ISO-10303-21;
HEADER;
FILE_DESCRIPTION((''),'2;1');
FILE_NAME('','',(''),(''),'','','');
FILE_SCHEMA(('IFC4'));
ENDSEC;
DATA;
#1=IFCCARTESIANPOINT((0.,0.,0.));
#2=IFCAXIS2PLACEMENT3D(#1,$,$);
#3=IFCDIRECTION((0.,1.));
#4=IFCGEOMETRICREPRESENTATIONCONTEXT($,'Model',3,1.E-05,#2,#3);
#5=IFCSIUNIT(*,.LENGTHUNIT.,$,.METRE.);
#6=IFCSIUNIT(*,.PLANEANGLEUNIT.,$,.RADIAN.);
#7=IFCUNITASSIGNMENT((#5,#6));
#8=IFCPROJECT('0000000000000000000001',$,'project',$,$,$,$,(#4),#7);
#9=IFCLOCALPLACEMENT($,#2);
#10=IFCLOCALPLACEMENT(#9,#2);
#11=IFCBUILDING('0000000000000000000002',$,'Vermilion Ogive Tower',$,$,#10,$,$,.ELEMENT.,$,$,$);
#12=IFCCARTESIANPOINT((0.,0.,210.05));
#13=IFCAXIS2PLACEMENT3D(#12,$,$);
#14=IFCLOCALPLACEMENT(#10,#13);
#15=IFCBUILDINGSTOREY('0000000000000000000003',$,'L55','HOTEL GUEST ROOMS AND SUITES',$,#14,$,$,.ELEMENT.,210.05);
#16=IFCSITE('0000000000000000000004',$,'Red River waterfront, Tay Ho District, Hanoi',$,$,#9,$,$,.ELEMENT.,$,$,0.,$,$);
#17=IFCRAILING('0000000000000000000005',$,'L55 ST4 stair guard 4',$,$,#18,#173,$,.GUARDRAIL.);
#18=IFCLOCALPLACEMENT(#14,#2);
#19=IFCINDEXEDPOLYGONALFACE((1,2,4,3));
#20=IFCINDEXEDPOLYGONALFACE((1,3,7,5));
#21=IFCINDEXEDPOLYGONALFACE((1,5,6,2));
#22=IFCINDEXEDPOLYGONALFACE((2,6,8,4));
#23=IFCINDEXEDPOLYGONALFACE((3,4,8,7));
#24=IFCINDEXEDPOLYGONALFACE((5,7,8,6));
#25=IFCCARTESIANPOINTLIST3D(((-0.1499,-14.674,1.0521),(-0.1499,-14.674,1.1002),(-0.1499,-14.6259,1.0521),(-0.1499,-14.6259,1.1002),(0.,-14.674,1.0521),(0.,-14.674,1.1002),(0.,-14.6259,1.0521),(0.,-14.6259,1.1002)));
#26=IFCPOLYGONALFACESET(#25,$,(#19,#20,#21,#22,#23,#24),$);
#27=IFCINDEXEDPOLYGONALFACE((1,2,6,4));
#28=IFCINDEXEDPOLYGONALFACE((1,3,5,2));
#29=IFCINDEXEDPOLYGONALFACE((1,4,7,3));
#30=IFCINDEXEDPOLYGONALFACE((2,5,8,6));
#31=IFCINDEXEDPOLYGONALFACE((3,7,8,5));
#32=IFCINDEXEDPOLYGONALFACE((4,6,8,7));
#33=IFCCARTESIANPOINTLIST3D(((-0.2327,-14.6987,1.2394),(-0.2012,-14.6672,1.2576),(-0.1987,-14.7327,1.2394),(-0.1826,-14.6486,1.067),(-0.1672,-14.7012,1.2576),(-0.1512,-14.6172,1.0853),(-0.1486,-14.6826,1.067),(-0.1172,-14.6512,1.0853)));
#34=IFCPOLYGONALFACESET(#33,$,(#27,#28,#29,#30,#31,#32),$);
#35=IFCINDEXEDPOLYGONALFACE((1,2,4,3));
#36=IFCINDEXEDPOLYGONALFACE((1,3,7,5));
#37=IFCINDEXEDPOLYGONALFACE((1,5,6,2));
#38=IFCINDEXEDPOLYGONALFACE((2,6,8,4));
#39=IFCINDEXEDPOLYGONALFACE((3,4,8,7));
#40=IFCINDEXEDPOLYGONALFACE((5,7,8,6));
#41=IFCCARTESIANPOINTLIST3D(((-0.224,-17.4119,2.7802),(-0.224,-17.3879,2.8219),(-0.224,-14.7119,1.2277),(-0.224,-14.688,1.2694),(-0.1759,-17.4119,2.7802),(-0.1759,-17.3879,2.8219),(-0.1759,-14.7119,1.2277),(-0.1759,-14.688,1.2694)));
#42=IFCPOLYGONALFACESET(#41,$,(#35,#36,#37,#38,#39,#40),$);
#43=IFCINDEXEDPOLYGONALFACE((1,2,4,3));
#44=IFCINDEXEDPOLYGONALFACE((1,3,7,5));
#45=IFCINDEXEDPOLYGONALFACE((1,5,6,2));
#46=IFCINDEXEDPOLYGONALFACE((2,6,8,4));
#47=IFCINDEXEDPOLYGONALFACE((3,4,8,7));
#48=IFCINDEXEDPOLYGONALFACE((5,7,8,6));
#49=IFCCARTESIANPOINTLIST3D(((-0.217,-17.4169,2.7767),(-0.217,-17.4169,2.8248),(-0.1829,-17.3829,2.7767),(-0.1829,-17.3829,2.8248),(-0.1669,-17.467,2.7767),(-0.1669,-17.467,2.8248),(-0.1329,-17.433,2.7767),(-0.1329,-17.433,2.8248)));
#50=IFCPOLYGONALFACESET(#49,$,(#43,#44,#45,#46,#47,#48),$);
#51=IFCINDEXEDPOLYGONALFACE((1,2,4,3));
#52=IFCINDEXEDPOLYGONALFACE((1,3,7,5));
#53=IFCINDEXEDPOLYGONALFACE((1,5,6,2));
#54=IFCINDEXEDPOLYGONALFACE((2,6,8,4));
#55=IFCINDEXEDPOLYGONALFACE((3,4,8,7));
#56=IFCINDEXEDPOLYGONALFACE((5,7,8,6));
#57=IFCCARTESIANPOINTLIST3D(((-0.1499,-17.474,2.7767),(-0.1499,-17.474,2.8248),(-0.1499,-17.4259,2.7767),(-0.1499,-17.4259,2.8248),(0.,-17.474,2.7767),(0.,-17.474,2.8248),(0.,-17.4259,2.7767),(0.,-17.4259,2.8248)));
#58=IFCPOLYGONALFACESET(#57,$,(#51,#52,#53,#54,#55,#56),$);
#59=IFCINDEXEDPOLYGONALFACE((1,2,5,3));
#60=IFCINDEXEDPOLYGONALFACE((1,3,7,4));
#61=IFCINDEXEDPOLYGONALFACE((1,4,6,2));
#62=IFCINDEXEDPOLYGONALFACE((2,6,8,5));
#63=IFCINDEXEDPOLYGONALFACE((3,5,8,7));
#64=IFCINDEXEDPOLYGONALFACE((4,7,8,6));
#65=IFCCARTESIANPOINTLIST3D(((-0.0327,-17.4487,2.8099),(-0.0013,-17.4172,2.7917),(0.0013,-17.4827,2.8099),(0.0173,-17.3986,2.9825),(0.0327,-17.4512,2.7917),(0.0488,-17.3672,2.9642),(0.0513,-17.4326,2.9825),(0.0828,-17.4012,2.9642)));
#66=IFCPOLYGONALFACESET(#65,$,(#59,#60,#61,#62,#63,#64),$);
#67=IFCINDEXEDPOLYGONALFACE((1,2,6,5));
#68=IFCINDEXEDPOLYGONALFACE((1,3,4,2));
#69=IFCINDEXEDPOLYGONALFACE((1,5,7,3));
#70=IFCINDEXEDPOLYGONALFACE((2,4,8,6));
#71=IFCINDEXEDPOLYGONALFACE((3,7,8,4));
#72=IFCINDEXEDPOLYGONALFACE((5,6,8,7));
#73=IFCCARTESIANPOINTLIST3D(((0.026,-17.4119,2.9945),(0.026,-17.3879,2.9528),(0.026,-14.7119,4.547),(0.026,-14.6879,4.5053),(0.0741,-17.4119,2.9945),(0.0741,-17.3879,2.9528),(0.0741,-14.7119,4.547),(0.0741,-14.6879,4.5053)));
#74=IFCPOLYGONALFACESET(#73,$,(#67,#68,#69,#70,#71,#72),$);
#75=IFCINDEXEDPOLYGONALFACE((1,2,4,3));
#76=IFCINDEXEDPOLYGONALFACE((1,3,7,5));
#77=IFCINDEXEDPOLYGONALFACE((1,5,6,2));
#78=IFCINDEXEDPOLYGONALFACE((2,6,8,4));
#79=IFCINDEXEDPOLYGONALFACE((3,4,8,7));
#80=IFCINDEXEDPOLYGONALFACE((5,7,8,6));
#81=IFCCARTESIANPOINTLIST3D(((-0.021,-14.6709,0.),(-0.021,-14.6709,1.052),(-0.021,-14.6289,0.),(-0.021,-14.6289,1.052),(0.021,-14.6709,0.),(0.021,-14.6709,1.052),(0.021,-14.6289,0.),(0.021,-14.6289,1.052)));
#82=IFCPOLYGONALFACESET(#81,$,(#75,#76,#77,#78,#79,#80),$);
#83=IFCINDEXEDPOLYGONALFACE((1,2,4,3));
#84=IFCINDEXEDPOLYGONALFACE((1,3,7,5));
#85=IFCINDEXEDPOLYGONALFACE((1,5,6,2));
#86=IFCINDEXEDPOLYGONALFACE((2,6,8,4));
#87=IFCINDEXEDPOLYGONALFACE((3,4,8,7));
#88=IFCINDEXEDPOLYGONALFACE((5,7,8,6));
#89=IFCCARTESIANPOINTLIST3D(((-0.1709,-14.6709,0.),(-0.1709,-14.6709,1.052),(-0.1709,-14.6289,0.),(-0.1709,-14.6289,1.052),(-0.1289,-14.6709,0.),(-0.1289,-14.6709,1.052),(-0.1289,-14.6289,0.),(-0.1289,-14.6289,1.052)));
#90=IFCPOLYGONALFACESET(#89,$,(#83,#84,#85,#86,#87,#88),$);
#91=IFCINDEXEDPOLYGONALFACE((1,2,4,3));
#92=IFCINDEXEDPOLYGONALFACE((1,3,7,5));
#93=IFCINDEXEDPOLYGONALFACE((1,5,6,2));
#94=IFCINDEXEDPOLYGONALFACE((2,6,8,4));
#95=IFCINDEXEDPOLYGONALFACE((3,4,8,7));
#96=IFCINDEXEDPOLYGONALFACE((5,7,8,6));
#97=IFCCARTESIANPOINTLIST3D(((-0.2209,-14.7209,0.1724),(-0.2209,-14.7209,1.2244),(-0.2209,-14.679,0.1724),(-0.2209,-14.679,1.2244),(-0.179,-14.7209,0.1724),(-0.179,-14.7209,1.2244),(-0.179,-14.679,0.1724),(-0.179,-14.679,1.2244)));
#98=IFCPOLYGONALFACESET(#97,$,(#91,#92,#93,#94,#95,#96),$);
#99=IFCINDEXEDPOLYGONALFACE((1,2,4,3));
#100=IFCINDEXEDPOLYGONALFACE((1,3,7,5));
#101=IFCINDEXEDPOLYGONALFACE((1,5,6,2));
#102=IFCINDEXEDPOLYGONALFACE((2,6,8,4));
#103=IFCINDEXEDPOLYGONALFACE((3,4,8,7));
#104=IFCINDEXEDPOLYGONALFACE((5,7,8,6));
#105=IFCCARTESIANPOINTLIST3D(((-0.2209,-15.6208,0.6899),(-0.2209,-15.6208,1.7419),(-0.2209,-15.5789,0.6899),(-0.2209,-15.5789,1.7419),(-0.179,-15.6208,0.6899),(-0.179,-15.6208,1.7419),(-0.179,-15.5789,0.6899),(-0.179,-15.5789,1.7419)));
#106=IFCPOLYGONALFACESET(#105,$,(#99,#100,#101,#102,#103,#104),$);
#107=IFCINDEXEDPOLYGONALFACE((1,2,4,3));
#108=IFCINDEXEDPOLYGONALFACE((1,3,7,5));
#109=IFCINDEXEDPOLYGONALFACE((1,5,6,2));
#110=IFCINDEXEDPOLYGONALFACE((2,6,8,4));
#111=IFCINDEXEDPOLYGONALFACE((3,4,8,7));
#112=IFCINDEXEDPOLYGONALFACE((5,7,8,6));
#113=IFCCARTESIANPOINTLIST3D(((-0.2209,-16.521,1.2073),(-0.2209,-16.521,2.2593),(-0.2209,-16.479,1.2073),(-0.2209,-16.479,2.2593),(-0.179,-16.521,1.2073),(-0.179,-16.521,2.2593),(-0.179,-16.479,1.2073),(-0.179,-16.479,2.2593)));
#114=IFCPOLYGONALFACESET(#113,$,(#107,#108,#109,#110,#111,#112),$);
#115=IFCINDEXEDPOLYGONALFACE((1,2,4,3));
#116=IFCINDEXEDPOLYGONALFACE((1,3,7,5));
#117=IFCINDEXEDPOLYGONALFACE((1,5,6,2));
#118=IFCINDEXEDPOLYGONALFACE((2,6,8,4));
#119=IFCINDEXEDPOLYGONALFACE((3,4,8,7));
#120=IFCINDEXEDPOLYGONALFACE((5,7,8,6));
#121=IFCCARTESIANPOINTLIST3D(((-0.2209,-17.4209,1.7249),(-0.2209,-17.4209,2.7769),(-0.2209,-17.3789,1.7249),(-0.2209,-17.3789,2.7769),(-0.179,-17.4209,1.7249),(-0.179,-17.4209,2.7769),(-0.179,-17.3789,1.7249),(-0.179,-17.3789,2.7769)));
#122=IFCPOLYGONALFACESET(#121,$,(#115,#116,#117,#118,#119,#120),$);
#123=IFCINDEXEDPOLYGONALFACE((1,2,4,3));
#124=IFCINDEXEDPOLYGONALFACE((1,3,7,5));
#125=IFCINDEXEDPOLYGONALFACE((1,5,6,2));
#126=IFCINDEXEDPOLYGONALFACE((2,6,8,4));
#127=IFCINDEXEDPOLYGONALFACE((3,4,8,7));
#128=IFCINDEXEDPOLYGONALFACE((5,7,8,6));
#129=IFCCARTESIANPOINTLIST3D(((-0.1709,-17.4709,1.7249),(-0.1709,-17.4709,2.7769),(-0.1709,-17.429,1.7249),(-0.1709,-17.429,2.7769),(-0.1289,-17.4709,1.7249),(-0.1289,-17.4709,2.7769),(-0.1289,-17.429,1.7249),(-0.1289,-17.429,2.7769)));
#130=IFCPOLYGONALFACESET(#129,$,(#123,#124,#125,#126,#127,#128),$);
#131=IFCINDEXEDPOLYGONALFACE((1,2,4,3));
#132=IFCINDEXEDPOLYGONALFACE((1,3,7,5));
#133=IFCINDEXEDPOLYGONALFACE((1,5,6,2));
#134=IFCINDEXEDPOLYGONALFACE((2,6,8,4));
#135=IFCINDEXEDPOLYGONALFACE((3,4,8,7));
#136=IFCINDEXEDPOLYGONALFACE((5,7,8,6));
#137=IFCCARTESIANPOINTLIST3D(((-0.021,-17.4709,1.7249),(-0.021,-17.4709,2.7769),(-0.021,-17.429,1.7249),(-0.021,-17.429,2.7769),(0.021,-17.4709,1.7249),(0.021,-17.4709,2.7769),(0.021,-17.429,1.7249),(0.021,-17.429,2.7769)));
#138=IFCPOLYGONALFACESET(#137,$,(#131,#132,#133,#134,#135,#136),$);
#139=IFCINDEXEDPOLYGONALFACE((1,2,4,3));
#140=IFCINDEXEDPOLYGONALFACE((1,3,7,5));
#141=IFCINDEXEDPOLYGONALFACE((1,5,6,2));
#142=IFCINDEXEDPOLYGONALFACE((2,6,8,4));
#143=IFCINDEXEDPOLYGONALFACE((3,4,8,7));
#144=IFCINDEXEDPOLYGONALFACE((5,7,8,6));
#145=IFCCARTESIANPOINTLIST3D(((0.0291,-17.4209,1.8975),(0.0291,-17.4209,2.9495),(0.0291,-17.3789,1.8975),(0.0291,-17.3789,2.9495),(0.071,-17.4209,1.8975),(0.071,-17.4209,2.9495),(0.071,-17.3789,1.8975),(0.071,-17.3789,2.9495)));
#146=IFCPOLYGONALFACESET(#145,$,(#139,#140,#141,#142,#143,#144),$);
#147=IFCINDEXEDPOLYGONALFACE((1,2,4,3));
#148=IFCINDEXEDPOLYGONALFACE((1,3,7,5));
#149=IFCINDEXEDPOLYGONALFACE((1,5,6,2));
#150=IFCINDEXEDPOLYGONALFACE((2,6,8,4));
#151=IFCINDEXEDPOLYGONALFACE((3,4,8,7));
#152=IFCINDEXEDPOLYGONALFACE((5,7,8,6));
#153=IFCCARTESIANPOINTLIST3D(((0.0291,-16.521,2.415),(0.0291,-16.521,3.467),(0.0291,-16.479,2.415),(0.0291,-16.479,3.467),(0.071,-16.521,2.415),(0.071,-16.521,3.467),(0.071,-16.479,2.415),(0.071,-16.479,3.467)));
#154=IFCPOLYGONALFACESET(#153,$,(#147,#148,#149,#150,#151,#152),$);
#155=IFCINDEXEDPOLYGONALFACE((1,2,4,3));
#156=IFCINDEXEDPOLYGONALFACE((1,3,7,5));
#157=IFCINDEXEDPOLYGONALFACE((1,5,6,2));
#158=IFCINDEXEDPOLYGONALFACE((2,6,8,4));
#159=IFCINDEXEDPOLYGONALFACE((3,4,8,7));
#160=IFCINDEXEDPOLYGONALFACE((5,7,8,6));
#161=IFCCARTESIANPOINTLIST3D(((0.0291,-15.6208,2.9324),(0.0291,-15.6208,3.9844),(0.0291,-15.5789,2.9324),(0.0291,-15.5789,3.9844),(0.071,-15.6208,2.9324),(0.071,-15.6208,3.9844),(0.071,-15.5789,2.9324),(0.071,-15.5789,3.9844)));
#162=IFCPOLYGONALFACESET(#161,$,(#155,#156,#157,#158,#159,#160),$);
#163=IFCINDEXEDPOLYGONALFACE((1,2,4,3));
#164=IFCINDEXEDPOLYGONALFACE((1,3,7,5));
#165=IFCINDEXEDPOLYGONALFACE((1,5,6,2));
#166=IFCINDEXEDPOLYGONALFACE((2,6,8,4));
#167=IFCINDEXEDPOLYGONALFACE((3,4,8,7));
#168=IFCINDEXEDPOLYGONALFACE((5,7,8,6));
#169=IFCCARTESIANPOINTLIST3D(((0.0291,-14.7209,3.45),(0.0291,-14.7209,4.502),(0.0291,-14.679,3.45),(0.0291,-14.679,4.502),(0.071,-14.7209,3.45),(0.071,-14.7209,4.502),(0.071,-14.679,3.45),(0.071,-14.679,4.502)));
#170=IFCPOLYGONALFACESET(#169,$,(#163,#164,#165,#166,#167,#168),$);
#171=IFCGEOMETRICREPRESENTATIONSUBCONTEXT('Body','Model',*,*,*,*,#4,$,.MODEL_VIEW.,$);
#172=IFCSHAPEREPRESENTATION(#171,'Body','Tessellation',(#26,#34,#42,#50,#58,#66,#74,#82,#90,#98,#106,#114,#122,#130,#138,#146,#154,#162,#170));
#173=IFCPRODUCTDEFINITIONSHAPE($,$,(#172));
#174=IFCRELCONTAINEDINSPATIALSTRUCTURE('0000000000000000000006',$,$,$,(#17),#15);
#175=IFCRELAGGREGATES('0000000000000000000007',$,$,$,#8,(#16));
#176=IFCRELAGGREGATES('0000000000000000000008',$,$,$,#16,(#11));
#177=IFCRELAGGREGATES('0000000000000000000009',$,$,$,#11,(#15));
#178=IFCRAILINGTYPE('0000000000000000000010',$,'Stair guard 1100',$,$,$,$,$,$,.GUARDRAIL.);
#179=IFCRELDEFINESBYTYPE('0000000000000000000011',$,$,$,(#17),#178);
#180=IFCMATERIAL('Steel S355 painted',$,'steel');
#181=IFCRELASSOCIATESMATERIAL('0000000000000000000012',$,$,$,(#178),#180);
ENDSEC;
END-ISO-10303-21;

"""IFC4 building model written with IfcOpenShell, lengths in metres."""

from ifc_helpers import new_model, si_unit, direction, frame, origin, origin_2d, place, context, subcontext, project, spatial, rectangle, extrude, material, type_object, element, save


model = new_model("IFC4")

# Units and contexts
model_context = context("Model", 3, precision=1e-05, world=origin(), true_north=direction((0.0, 1.0)))
body_context = subcontext(model_context, "Body", "Model", "MODEL_VIEW")
ifc_project = project(units=[si_unit("LENGTHUNIT", "METRE"), si_unit("PLANEANGLEUNIT", "RADIAN")], contexts=[model_context])

# Site, building, storey
site_placement = place(None, origin())
site = spatial("IfcSite", under=ifc_project, at=site_placement, Name="Red River waterfront, Tay Ho District, Hanoi", CompositionType="ELEMENT", RefElevation=0.0)
building_placement = place(site_placement, origin())
building = spatial("IfcBuilding", under=site, at=building_placement, Name="Vermilion Ogive Tower", CompositionType="ELEMENT")
storey_placement = place(building_placement, frame((0.0, 0.0, 210.05)))
storey = spatial("IfcBuildingStorey", under=building, at=storey_placement, Name="L55", Description="HOTEL GUEST ROOMS AND SUITES", CompositionType="ELEMENT", Elevation=210.05)

# Railing
ifc_material_1 = material(Name="Steel S355 painted", Category="steel")
railing_type_1 = type_object("IfcRailingType", Name="Stair guard 1100", PredefinedType="GUARDRAIL", material=ifc_material_1)
railing_1_placement = place(storey_placement, frame((0.0, -14.6499, 0.0)))
element("IfcRailing", 1, at=railing_1_placement, inside=storey, type_object=railing_type_1, Name="L55 ST4 stair guard 4", PredefinedType="GUARDRAIL", context=body_context, shape_type="SweptSolid", body=[
    extrude(rectangle(XDim=0.0481, YDim=0.0481, at=origin_2d()), frame((0.0, 0.0, 1.0762), z_axis=(-1.0, 0.0, 0.0), x_axis=(0.0, -1.0, 0.0)), (0.0, 0.0, 1.0), 0.1499),
    extrude(rectangle(XDim=0.0481, YDim=0.0481, at=origin_2d()), frame((-0.1499, 0.0, 1.0762), z_axis=(-0.268603, -0.268603, 0.925043), x_axis=(0.707107, -0.707107, 0.0)), (0.0, 0.0, 1.0), 0.1863),
    extrude(rectangle(XDim=0.0481, YDim=0.0481, at=origin_2d()), frame((-0.2, -0.05, 1.2485), z_axis=(0.0, -0.866904, 0.498476), x_axis=(1.0, 0.0, 0.0)), (0.0, 0.0, 1.0), 3.1145),
    extrude(rectangle(XDim=0.0481, YDim=0.0481, at=origin_2d()), frame((-0.2, -2.75, 2.8008), z_axis=(0.707107, -0.707107, 0.0), x_axis=(0.707107, 0.707107, 0.0)), (0.0, 0.0, 1.0), 0.0708),
    extrude(rectangle(XDim=0.0481, YDim=0.0481, at=origin_2d()), frame((-0.1499, -2.8, 2.8008), z_axis=(1.0, 0.0, 0.0), x_axis=(0.0, 1.0, 0.0)), (0.0, 0.0, 1.0), 0.1499),
    extrude(rectangle(XDim=0.0481, YDim=0.0481, at=origin_2d()), frame((0.0, -2.8, 2.8008), z_axis=(0.268278, 0.268278, 0.925232), x_axis=(-0.707107, 0.707107, 0.0)), (0.0, 0.0, 1.0), 0.1865),
    extrude(rectangle(XDim=0.0481, YDim=0.0481, at=origin_2d()), frame((0.05, -2.75, 2.9736), z_axis=(0.0, 0.866904, 0.498476), x_axis=(-1.0, 0.0, 0.0)), (0.0, 0.0, 1.0), 3.1145),
    extrude(rectangle(XDim=0.042, YDim=0.042, at=origin_2d()), origin(), (0.0, 0.0, 1.0), 1.052),
    extrude(rectangle(XDim=0.042, YDim=0.042, at=origin_2d()), frame((-0.1499, 0.0, 0.0)), (0.0, 0.0, 1.0), 1.052),
    extrude(rectangle(XDim=0.042, YDim=0.042, at=origin_2d()), frame((-0.2, -0.05, 0.1724)), (0.0, 0.0, 1.0), 1.052),
    extrude(rectangle(XDim=0.042, YDim=0.042, at=origin_2d()), frame((-0.2, -0.95, 0.6899)), (0.0, 0.0, 1.0), 1.052),
    extrude(rectangle(XDim=0.042, YDim=0.042, at=origin_2d()), frame((-0.2, -1.8501, 1.2073)), (0.0, 0.0, 1.0), 1.052),
    extrude(rectangle(XDim=0.042, YDim=0.042, at=origin_2d()), frame((-0.2, -2.75, 1.7249)), (0.0, 0.0, 1.0), 1.052),
    extrude(rectangle(XDim=0.042, YDim=0.042, at=origin_2d()), frame((-0.1499, -2.8, 1.7249)), (0.0, 0.0, 1.0), 1.052),
    extrude(rectangle(XDim=0.042, YDim=0.042, at=origin_2d()), frame((0.0, -2.8, 1.7249)), (0.0, 0.0, 1.0), 1.052),
    extrude(rectangle(XDim=0.042, YDim=0.042, at=origin_2d()), frame((0.05, -2.75, 1.8975)), (0.0, 0.0, 1.0), 1.052),
    extrude(rectangle(XDim=0.042, YDim=0.042, at=origin_2d()), frame((0.05, -1.8501, 2.415)), (0.0, 0.0, 1.0), 1.052),
    extrude(rectangle(XDim=0.042, YDim=0.042, at=origin_2d()), frame((0.05, -0.95, 2.9324)), (0.0, 0.0, 1.0), 1.052),
    extrude(rectangle(XDim=0.042, YDim=0.042, at=origin_2d()), frame((0.05, -0.05, 3.45)), (0.0, 0.0, 1.0), 1.052),
])

save(model, "model.ifc")
